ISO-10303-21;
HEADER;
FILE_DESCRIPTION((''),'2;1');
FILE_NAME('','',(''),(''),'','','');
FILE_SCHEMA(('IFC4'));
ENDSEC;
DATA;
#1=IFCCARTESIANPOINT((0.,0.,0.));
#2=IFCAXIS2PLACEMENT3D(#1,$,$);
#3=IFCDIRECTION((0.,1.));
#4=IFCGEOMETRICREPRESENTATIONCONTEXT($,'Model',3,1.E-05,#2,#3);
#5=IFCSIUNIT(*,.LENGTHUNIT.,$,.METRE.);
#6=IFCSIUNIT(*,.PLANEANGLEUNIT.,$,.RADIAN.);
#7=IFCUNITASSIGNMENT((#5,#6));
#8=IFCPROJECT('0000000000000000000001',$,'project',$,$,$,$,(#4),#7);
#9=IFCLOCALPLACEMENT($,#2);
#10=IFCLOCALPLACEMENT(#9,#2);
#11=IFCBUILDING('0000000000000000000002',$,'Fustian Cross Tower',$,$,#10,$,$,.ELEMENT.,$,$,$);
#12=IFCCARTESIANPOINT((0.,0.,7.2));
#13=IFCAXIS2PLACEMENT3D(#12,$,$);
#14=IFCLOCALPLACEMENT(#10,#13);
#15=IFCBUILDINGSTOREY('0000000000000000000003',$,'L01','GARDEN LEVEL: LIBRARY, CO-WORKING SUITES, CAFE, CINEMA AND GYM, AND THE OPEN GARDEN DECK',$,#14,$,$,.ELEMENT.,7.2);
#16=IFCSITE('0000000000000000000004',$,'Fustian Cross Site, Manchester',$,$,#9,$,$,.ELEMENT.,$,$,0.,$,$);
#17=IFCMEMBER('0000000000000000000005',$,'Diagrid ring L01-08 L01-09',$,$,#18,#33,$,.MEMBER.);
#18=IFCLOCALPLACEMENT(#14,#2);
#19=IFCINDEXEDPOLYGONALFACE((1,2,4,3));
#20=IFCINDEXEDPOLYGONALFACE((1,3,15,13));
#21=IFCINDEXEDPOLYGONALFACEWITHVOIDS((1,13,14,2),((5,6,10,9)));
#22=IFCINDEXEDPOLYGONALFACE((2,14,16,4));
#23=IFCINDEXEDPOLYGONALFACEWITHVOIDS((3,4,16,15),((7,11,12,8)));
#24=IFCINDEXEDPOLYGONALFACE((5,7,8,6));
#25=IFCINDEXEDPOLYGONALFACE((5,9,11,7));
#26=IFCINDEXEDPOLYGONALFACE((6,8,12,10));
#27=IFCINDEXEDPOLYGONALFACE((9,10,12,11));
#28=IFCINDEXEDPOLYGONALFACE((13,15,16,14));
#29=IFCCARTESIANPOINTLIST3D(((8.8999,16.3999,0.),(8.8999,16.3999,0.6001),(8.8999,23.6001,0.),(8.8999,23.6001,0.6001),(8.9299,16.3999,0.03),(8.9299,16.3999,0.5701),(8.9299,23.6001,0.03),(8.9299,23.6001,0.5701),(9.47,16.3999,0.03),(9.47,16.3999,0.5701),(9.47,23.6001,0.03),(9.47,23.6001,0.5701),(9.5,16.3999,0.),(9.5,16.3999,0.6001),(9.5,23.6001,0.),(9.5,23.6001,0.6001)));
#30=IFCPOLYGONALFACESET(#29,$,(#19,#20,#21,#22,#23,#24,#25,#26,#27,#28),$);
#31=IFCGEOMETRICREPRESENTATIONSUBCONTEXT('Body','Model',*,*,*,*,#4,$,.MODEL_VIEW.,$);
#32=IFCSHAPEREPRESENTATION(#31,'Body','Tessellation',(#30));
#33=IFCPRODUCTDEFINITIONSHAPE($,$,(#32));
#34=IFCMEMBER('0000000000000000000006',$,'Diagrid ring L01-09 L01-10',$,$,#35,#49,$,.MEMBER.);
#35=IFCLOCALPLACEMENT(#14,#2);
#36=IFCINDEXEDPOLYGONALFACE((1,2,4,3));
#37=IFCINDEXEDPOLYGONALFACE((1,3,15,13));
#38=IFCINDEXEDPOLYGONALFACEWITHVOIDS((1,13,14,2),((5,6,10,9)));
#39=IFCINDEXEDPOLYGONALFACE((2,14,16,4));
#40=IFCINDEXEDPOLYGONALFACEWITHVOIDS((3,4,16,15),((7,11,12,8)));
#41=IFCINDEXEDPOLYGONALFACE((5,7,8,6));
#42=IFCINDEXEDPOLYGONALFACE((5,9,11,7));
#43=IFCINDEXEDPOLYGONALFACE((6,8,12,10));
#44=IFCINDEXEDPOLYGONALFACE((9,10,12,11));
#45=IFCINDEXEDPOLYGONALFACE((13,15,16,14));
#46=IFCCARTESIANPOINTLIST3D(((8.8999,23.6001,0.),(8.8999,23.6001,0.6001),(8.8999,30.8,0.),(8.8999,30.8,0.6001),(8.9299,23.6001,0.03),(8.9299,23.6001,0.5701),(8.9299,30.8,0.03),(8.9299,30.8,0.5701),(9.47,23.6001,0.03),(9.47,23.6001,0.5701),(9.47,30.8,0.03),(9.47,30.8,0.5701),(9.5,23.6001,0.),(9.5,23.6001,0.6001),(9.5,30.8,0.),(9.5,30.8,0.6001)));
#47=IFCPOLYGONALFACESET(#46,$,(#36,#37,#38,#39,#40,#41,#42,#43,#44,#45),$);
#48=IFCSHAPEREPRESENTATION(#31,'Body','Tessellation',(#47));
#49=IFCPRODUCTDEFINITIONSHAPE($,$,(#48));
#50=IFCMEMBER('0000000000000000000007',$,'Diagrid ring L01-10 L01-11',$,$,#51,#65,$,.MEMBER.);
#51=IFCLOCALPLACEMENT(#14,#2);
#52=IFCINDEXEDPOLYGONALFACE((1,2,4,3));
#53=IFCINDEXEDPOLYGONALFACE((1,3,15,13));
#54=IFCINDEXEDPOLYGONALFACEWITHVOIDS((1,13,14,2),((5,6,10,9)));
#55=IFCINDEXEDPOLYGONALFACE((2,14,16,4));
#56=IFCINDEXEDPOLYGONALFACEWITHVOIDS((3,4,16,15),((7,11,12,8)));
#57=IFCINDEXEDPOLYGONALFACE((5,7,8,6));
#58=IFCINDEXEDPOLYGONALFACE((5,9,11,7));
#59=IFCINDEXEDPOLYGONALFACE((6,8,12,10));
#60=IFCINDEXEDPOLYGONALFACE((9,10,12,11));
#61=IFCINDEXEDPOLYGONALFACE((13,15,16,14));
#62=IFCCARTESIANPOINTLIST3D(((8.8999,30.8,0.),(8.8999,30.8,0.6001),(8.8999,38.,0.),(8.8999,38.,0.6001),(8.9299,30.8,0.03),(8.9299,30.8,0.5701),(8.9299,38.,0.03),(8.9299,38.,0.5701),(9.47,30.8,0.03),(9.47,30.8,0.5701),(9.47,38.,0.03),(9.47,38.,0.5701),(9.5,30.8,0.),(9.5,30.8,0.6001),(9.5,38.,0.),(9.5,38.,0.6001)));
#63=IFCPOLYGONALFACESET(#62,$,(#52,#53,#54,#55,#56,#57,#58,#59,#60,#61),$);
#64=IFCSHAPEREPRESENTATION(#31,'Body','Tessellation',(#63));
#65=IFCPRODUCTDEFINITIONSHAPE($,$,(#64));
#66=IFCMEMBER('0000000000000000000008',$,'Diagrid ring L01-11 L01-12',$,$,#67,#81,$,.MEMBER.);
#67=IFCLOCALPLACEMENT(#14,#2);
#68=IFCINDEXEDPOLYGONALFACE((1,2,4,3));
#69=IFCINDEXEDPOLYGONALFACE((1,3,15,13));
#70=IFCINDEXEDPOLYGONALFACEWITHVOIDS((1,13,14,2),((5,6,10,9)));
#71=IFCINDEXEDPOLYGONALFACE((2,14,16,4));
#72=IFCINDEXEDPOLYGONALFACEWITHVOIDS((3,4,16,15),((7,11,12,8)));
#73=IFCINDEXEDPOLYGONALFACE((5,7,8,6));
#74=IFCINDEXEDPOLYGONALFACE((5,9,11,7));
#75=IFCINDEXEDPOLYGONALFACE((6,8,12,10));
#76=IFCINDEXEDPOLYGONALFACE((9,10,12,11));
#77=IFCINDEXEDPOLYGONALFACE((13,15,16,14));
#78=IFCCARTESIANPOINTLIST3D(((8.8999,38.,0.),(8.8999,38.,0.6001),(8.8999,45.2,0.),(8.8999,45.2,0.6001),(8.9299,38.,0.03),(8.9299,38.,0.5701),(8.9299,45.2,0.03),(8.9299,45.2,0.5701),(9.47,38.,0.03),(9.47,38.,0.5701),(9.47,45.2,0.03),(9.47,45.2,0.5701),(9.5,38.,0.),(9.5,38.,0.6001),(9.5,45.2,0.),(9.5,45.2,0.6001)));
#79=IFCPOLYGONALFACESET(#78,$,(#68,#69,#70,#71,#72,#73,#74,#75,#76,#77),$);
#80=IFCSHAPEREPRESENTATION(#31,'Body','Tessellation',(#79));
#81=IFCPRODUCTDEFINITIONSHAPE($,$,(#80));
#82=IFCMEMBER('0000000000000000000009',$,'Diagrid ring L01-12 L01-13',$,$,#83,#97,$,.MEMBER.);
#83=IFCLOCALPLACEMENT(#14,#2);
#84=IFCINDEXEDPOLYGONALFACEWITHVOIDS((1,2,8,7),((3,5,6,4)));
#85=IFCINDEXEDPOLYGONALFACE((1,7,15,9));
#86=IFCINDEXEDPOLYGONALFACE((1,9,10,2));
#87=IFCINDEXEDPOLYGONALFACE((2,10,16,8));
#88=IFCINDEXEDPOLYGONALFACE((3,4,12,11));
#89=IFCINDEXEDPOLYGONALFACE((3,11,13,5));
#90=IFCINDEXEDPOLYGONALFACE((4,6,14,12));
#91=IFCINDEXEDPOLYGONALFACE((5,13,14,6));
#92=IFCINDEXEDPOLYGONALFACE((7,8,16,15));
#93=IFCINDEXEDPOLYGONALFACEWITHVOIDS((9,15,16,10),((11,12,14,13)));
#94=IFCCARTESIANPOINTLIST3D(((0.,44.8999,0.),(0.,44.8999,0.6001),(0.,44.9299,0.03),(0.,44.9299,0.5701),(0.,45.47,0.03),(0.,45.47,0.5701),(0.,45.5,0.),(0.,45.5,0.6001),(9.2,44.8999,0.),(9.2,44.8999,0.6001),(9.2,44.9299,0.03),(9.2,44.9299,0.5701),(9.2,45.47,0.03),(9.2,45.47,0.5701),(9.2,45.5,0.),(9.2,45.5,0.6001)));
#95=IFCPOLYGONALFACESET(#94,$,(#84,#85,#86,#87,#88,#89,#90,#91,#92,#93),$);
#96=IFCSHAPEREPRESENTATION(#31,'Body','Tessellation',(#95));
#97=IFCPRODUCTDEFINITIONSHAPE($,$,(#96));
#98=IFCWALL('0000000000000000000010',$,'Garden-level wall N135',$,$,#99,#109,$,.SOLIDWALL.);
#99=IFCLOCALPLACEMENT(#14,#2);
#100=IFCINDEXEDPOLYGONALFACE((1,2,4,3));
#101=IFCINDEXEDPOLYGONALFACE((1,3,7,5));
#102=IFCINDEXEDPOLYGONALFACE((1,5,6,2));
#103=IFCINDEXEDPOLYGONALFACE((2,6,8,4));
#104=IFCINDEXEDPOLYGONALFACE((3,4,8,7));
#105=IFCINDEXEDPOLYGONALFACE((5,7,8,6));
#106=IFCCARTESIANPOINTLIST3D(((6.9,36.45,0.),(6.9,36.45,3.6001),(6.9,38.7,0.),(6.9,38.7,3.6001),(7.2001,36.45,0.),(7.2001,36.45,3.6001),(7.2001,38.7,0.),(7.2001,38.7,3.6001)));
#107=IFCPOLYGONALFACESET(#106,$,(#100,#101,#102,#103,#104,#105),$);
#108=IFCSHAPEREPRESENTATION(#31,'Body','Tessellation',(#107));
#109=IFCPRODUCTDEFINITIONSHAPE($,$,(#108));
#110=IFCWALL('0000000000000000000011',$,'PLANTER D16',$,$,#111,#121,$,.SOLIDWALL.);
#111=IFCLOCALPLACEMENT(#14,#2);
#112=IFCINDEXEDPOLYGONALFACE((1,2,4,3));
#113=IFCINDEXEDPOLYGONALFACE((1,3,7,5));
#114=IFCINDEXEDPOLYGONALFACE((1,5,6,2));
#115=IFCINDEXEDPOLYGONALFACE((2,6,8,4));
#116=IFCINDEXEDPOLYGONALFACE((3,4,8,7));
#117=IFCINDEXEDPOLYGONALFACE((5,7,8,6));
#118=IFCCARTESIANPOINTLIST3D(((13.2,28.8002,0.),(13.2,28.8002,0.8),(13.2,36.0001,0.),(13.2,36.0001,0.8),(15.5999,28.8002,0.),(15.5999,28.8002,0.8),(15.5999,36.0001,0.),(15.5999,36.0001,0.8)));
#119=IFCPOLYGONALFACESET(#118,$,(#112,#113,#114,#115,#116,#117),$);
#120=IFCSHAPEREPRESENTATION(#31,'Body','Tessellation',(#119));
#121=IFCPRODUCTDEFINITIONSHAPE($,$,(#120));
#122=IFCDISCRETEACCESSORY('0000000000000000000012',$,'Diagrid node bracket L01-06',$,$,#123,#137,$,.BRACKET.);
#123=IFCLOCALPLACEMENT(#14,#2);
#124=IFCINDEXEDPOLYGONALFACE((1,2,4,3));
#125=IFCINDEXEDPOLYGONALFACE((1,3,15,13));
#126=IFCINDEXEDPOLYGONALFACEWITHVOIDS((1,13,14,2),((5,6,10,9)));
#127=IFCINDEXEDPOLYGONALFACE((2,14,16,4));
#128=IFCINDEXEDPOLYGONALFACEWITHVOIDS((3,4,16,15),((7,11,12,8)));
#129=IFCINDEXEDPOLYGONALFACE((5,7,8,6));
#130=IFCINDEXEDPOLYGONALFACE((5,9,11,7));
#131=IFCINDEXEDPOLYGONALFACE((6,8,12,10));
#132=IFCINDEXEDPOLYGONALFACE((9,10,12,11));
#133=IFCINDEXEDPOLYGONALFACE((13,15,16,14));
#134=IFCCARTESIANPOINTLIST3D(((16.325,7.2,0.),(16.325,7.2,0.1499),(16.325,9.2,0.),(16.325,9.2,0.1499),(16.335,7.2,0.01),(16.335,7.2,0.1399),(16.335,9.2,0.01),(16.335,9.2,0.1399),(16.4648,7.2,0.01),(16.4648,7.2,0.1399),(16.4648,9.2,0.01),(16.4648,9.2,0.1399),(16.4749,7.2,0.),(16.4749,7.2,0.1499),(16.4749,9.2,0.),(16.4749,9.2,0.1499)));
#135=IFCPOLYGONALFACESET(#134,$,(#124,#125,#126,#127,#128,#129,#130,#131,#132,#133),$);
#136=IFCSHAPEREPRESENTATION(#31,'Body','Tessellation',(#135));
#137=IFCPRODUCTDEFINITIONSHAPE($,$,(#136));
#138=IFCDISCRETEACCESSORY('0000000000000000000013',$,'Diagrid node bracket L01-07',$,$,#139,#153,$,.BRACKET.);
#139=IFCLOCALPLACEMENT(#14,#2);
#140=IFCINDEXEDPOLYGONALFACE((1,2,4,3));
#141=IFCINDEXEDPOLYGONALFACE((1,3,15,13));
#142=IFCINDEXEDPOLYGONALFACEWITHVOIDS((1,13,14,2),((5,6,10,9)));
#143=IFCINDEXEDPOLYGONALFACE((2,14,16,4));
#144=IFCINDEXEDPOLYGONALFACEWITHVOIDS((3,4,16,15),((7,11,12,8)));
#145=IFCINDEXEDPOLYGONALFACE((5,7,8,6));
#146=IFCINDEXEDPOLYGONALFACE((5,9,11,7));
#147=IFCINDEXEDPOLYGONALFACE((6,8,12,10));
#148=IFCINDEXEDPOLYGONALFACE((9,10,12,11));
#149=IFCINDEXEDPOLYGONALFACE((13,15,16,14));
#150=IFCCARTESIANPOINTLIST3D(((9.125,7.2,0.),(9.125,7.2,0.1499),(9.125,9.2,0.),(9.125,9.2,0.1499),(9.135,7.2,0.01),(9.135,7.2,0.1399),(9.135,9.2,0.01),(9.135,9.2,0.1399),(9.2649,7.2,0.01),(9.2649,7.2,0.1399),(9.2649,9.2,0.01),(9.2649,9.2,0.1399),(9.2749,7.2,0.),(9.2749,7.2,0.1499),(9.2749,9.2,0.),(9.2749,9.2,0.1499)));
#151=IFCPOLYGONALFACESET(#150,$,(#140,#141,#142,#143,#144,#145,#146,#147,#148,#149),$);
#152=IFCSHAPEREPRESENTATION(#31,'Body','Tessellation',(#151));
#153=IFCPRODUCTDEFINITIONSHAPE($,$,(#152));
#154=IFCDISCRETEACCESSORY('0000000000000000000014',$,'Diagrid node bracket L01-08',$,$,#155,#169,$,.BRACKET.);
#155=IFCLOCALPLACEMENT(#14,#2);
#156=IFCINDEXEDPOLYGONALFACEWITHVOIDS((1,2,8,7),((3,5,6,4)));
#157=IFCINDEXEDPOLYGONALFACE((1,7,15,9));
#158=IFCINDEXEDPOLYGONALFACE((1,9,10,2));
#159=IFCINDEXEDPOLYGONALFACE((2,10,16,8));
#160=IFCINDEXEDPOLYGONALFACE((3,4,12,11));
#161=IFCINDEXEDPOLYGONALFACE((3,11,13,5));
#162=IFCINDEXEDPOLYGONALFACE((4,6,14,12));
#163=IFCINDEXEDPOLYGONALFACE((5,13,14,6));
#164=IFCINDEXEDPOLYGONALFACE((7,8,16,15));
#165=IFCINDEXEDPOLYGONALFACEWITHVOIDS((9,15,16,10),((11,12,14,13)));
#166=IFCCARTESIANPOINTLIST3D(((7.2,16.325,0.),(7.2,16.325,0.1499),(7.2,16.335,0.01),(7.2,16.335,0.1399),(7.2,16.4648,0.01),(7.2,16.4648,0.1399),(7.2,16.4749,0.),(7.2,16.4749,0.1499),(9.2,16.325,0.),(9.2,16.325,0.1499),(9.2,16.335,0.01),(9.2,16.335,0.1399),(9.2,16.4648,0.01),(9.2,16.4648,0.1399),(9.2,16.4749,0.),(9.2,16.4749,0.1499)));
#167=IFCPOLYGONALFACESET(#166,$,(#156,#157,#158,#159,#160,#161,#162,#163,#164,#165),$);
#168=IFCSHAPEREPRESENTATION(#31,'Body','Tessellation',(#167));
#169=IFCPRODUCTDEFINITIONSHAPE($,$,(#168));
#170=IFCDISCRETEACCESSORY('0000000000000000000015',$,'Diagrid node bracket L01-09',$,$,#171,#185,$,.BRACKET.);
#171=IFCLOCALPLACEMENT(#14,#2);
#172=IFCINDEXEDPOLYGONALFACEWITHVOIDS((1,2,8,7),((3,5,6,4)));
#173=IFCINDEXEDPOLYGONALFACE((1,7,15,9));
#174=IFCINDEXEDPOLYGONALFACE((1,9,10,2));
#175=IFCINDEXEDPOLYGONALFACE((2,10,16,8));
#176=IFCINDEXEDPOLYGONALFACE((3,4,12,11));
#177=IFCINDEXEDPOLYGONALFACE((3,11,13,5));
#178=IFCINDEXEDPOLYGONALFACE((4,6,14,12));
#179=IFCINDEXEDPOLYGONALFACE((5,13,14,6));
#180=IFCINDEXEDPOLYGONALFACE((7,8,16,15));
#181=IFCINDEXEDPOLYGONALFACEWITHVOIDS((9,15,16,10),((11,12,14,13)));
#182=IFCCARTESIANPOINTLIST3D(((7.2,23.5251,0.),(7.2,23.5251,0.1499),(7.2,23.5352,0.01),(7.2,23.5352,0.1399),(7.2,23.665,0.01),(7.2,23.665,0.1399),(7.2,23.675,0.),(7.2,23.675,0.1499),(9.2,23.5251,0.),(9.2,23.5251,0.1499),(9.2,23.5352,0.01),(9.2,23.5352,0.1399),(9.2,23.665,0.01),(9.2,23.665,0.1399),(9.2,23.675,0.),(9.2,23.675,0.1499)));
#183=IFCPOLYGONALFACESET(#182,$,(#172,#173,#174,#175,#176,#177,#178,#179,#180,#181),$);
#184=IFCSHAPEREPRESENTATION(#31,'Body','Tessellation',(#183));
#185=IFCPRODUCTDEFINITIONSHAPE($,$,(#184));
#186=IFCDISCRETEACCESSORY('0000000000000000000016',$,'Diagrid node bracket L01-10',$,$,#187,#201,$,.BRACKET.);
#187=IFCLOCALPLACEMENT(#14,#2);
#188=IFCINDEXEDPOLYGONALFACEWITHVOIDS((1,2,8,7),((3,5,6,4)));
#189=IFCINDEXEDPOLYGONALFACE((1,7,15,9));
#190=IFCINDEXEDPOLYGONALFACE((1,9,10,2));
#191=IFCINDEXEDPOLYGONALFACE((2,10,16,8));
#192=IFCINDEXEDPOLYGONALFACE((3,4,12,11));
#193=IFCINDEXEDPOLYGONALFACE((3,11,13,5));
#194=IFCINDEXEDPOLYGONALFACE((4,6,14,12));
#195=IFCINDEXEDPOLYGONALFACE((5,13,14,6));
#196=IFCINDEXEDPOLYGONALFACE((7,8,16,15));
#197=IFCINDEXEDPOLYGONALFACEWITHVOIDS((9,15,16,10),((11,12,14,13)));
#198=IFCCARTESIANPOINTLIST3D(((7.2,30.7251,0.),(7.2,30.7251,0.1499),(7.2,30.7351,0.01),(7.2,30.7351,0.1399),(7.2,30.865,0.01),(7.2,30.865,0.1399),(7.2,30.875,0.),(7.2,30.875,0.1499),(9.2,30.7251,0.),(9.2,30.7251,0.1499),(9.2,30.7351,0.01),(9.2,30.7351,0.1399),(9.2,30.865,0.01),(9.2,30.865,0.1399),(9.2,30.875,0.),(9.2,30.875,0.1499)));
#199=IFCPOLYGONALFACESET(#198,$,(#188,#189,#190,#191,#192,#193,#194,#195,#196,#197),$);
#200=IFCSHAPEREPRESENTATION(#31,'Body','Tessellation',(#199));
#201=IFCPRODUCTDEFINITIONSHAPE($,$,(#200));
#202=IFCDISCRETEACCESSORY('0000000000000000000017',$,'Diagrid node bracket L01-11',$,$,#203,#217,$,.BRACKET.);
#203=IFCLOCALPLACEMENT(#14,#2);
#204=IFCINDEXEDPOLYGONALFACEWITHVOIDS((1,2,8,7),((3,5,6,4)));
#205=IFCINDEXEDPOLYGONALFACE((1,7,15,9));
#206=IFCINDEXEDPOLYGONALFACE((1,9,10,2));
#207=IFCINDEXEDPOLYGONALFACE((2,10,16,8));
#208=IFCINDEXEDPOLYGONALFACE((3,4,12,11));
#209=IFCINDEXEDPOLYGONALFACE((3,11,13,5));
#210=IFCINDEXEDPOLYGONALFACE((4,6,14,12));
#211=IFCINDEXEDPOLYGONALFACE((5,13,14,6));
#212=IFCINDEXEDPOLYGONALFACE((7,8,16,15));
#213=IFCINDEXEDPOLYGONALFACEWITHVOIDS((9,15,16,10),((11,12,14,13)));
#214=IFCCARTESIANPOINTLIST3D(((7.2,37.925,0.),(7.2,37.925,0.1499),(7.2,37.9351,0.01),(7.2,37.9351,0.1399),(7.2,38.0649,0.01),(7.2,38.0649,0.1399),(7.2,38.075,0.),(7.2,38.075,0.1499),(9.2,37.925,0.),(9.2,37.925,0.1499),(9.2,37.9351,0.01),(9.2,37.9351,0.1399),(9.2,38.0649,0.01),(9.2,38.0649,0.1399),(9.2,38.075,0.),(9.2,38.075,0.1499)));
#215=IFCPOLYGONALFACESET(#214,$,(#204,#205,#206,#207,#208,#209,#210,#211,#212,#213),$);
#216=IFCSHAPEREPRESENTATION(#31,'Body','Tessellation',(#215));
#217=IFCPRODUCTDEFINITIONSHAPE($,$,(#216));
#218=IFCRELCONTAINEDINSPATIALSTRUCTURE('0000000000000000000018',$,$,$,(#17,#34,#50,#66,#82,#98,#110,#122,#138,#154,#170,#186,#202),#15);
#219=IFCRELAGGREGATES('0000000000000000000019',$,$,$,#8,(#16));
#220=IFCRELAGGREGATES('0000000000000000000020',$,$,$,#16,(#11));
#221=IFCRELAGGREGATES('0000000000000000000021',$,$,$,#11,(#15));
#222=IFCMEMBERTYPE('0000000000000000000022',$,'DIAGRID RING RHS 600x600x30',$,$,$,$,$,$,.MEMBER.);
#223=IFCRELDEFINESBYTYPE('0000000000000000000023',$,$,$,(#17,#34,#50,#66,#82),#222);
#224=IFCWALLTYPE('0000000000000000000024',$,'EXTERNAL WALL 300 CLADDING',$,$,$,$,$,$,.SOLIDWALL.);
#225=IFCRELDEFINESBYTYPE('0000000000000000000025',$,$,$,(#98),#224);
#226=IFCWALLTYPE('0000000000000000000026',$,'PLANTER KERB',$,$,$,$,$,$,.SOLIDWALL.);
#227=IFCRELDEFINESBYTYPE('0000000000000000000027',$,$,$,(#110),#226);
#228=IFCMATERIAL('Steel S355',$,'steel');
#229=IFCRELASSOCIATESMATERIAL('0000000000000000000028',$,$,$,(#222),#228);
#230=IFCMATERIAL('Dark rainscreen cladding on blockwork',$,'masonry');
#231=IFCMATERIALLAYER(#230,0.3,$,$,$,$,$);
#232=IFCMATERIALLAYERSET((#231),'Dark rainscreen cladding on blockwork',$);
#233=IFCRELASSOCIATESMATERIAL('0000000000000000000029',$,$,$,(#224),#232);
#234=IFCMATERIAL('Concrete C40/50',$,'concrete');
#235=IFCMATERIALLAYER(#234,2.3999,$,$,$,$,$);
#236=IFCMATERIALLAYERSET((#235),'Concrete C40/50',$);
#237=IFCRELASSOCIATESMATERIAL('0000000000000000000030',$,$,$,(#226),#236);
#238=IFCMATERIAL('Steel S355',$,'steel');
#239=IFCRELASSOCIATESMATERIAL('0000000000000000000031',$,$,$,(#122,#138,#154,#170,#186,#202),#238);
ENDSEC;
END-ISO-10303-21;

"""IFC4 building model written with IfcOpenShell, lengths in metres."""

from ifc_helpers import new_model, si_unit, direction, frame, frame_2d, origin, origin_2d, place, context, subcontext, project, spatial, rectangle, hollow_rectangle, extrude, material, layer, layer_set, material_profile, profile_set, type_object, element, save


model = new_model("IFC4")

# Units and contexts
model_context = context("Model", 3, precision=1e-05, world=origin(), true_north=direction((0.0, 1.0)))
body_context = subcontext(model_context, "Body", "Model", "MODEL_VIEW")
ifc_project = project(units=[si_unit("LENGTHUNIT", "METRE"), si_unit("PLANEANGLEUNIT", "RADIAN")], contexts=[model_context])

# Site, building, storey
site_placement = place(None, origin())
site = spatial("IfcSite", under=ifc_project, at=site_placement, Name="Fustian Cross Site, Manchester", CompositionType="ELEMENT", RefElevation=0.0)
building_placement = place(site_placement, origin())
building = spatial("IfcBuilding", under=site, at=building_placement, Name="Fustian Cross Tower", CompositionType="ELEMENT")
storey_placement = place(building_placement, frame((0.0, 0.0, 7.2)))
storey = spatial("IfcBuildingStorey", under=building, at=storey_placement, Name="L01", Description="GARDEN LEVEL: LIBRARY, CO-WORKING SUITES, CAFE, CINEMA AND GYM, AND THE OPEN GARDEN DECK", CompositionType="ELEMENT", Elevation=7.2)

# Members
ifc_material_1 = material(Name="Steel S355", Category="steel")
ifc_material_profile_1 = material_profile(ifc_material_1, hollow_rectangle(XDim=0.6001, YDim=0.6001, WallThickness=0.03, at=origin_2d()), Name="RHS 600x600x30")
ifc_profile_set_1 = profile_set([ifc_material_profile_1], Name="Steel S355")
member_type_1 = type_object("IfcMemberType", Name="DIAGRID RING RHS 600x600x30", PredefinedType="MEMBER", material=ifc_profile_set_1)
member_1_placement = place(storey_placement, frame((9.2, 16.3999, 0.3), z_axis=(0.0, 1.0, 0.0), x_axis=(-1.0, 0.0, 0.0)))
element("IfcMember", 1, at=member_1_placement, inside=storey, type_object=member_type_1, Name="Diagrid ring L01-08 L01-09", PredefinedType="MEMBER", context=body_context, shape_type="SweptSolid", body=[
    extrude(hollow_rectangle(XDim=0.6001, YDim=0.6001, WallThickness=0.03, at=origin_2d()), origin(), (0.0, 0.0, 1.0), 7.2002),
])
for number, where, z_axis, x_axis, name in (
    (2, (9.2, 23.6001, 0.3), (0.0, 1.0, 0.0), (-1.0, 0.0, 0.0), "Diagrid ring L01-09 L01-10"),
    (3, (9.2, 30.8, 0.3), (0.0, 1.0, 0.0), (-1.0, 0.0, 0.0), "Diagrid ring L01-10 L01-11"),
    (4, (9.2, 38.0, 0.3), (0.0, 1.0, 0.0), (-1.0, 0.0, 0.0), "Diagrid ring L01-11 L01-12"),
):
    element("IfcMember", number, at=place(storey_placement, frame(where, z_axis=z_axis, x_axis=x_axis)), inside=storey, type_object=member_type_1, Name=name, PredefinedType="MEMBER", context=body_context, shape_type="SweptSolid", body=[
        extrude(hollow_rectangle(XDim=0.6001, YDim=0.6001, WallThickness=0.03, at=origin_2d()), origin(), (0.0, 0.0, 1.0), 7.2),
    ])
member_2_placement = place(storey_placement, frame((9.2, 45.2, 0.3), z_axis=(-1.0, 0.0, 0.0), x_axis=(0.0, -1.0, 0.0)))
element("IfcMember", 5, at=member_2_placement, inside=storey, type_object=member_type_1, Name="Diagrid ring L01-12 L01-13", PredefinedType="MEMBER", context=body_context, shape_type="SweptSolid", body=[
    extrude(hollow_rectangle(XDim=0.6001, YDim=0.6001, WallThickness=0.03, at=origin_2d()), origin(), (0.0, 0.0, 1.0), 9.2),
])

# Walls
ifc_material_2 = material(Name="Dark rainscreen cladding on blockwork", Category="masonry")
ifc_layer_1 = layer(ifc_material_2, 0.3)
ifc_layer_set_1 = layer_set([ifc_layer_1], Name="Dark rainscreen cladding on blockwork")
wall_type_1 = type_object("IfcWallType", Name="EXTERNAL WALL 300 CLADDING", PredefinedType="SOLIDWALL", material=ifc_layer_set_1)
wall_1_placement = place(storey_placement, frame((7.05, 36.45, 0.0), z_axis=(0.0, 0.0, 1.0), x_axis=(0.0, 1.0, 0.0)))
element("IfcWall", 6, at=wall_1_placement, inside=storey, type_object=wall_type_1, Name="Garden-level wall N135", PredefinedType="SOLIDWALL", context=body_context, shape_type="SweptSolid", body=[
    extrude(rectangle(XDim=2.25, YDim=0.3, at=frame_2d((1.125, 0.0))), origin(), (0.0, 0.0, 1.0), 3.6001),
])
ifc_material_3 = material(Name="Concrete C40/50", Category="concrete")
ifc_layer_2 = layer(ifc_material_3, 2.3999)
ifc_layer_set_2 = layer_set([ifc_layer_2], Name="Concrete C40/50")
wall_type_2 = type_object("IfcWallType", Name="PLANTER KERB", PredefinedType="SOLIDWALL", material=ifc_layer_set_2)
wall_2_placement = place(storey_placement, frame((14.3999, 28.8, 0.0), z_axis=(0.0, 0.0, 1.0), x_axis=(0.0, 1.0, 0.0)))
element("IfcWall", 7, at=wall_2_placement, inside=storey, type_object=wall_type_2, Name="PLANTER D16", PredefinedType="SOLIDWALL", context=body_context, shape_type="SweptSolid", body=[
    extrude(rectangle(XDim=7.2, YDim=2.3999, at=frame_2d((3.6001, 0.0))), origin(), (0.0, 0.0, 1.0), 0.8),
])

# Discrete accessories
ifc_material_4 = material(Name="Steel S355", Category="steel")
for number, where, z_axis, x_axis, name in (
    (8, (16.3999, 9.2, 0.075), (0.0, -1.0, 0.0), (1.0, 0.0, 0.0), "Diagrid node bracket L01-06"),
    (9, (9.2, 9.2, 0.075), (0.0, -1.0, 0.0), (1.0, 0.0, 0.0), "Diagrid node bracket L01-07"),
    (10, (9.2, 16.3999, 0.075), (-1.0, 0.0, 0.0), (0.0, -1.0, 0.0), "Diagrid node bracket L01-08"),
    (11, (9.2, 23.6001, 0.075), (-1.0, 0.0, 0.0), (0.0, -1.0, 0.0), "Diagrid node bracket L01-09"),
    (12, (9.2, 30.8, 0.075), (-1.0, 0.0, 0.0), (0.0, -1.0, 0.0), "Diagrid node bracket L01-10"),
    (13, (9.2, 38.0, 0.075), (-1.0, 0.0, 0.0), (0.0, -1.0, 0.0), "Diagrid node bracket L01-11"),
):
    element("IfcDiscreteAccessory", number, at=place(storey_placement, frame(where, z_axis=z_axis, x_axis=x_axis)), inside=storey, material=ifc_material_4, Name=name, PredefinedType="BRACKET", context=body_context, shape_type="SweptSolid", body=[
        extrude(hollow_rectangle(XDim=0.1499, YDim=0.1499, WallThickness=0.01, at=origin_2d()), origin(), (0.0, 0.0, 1.0), 2.0),
    ])

save(model, "model.ifc")
